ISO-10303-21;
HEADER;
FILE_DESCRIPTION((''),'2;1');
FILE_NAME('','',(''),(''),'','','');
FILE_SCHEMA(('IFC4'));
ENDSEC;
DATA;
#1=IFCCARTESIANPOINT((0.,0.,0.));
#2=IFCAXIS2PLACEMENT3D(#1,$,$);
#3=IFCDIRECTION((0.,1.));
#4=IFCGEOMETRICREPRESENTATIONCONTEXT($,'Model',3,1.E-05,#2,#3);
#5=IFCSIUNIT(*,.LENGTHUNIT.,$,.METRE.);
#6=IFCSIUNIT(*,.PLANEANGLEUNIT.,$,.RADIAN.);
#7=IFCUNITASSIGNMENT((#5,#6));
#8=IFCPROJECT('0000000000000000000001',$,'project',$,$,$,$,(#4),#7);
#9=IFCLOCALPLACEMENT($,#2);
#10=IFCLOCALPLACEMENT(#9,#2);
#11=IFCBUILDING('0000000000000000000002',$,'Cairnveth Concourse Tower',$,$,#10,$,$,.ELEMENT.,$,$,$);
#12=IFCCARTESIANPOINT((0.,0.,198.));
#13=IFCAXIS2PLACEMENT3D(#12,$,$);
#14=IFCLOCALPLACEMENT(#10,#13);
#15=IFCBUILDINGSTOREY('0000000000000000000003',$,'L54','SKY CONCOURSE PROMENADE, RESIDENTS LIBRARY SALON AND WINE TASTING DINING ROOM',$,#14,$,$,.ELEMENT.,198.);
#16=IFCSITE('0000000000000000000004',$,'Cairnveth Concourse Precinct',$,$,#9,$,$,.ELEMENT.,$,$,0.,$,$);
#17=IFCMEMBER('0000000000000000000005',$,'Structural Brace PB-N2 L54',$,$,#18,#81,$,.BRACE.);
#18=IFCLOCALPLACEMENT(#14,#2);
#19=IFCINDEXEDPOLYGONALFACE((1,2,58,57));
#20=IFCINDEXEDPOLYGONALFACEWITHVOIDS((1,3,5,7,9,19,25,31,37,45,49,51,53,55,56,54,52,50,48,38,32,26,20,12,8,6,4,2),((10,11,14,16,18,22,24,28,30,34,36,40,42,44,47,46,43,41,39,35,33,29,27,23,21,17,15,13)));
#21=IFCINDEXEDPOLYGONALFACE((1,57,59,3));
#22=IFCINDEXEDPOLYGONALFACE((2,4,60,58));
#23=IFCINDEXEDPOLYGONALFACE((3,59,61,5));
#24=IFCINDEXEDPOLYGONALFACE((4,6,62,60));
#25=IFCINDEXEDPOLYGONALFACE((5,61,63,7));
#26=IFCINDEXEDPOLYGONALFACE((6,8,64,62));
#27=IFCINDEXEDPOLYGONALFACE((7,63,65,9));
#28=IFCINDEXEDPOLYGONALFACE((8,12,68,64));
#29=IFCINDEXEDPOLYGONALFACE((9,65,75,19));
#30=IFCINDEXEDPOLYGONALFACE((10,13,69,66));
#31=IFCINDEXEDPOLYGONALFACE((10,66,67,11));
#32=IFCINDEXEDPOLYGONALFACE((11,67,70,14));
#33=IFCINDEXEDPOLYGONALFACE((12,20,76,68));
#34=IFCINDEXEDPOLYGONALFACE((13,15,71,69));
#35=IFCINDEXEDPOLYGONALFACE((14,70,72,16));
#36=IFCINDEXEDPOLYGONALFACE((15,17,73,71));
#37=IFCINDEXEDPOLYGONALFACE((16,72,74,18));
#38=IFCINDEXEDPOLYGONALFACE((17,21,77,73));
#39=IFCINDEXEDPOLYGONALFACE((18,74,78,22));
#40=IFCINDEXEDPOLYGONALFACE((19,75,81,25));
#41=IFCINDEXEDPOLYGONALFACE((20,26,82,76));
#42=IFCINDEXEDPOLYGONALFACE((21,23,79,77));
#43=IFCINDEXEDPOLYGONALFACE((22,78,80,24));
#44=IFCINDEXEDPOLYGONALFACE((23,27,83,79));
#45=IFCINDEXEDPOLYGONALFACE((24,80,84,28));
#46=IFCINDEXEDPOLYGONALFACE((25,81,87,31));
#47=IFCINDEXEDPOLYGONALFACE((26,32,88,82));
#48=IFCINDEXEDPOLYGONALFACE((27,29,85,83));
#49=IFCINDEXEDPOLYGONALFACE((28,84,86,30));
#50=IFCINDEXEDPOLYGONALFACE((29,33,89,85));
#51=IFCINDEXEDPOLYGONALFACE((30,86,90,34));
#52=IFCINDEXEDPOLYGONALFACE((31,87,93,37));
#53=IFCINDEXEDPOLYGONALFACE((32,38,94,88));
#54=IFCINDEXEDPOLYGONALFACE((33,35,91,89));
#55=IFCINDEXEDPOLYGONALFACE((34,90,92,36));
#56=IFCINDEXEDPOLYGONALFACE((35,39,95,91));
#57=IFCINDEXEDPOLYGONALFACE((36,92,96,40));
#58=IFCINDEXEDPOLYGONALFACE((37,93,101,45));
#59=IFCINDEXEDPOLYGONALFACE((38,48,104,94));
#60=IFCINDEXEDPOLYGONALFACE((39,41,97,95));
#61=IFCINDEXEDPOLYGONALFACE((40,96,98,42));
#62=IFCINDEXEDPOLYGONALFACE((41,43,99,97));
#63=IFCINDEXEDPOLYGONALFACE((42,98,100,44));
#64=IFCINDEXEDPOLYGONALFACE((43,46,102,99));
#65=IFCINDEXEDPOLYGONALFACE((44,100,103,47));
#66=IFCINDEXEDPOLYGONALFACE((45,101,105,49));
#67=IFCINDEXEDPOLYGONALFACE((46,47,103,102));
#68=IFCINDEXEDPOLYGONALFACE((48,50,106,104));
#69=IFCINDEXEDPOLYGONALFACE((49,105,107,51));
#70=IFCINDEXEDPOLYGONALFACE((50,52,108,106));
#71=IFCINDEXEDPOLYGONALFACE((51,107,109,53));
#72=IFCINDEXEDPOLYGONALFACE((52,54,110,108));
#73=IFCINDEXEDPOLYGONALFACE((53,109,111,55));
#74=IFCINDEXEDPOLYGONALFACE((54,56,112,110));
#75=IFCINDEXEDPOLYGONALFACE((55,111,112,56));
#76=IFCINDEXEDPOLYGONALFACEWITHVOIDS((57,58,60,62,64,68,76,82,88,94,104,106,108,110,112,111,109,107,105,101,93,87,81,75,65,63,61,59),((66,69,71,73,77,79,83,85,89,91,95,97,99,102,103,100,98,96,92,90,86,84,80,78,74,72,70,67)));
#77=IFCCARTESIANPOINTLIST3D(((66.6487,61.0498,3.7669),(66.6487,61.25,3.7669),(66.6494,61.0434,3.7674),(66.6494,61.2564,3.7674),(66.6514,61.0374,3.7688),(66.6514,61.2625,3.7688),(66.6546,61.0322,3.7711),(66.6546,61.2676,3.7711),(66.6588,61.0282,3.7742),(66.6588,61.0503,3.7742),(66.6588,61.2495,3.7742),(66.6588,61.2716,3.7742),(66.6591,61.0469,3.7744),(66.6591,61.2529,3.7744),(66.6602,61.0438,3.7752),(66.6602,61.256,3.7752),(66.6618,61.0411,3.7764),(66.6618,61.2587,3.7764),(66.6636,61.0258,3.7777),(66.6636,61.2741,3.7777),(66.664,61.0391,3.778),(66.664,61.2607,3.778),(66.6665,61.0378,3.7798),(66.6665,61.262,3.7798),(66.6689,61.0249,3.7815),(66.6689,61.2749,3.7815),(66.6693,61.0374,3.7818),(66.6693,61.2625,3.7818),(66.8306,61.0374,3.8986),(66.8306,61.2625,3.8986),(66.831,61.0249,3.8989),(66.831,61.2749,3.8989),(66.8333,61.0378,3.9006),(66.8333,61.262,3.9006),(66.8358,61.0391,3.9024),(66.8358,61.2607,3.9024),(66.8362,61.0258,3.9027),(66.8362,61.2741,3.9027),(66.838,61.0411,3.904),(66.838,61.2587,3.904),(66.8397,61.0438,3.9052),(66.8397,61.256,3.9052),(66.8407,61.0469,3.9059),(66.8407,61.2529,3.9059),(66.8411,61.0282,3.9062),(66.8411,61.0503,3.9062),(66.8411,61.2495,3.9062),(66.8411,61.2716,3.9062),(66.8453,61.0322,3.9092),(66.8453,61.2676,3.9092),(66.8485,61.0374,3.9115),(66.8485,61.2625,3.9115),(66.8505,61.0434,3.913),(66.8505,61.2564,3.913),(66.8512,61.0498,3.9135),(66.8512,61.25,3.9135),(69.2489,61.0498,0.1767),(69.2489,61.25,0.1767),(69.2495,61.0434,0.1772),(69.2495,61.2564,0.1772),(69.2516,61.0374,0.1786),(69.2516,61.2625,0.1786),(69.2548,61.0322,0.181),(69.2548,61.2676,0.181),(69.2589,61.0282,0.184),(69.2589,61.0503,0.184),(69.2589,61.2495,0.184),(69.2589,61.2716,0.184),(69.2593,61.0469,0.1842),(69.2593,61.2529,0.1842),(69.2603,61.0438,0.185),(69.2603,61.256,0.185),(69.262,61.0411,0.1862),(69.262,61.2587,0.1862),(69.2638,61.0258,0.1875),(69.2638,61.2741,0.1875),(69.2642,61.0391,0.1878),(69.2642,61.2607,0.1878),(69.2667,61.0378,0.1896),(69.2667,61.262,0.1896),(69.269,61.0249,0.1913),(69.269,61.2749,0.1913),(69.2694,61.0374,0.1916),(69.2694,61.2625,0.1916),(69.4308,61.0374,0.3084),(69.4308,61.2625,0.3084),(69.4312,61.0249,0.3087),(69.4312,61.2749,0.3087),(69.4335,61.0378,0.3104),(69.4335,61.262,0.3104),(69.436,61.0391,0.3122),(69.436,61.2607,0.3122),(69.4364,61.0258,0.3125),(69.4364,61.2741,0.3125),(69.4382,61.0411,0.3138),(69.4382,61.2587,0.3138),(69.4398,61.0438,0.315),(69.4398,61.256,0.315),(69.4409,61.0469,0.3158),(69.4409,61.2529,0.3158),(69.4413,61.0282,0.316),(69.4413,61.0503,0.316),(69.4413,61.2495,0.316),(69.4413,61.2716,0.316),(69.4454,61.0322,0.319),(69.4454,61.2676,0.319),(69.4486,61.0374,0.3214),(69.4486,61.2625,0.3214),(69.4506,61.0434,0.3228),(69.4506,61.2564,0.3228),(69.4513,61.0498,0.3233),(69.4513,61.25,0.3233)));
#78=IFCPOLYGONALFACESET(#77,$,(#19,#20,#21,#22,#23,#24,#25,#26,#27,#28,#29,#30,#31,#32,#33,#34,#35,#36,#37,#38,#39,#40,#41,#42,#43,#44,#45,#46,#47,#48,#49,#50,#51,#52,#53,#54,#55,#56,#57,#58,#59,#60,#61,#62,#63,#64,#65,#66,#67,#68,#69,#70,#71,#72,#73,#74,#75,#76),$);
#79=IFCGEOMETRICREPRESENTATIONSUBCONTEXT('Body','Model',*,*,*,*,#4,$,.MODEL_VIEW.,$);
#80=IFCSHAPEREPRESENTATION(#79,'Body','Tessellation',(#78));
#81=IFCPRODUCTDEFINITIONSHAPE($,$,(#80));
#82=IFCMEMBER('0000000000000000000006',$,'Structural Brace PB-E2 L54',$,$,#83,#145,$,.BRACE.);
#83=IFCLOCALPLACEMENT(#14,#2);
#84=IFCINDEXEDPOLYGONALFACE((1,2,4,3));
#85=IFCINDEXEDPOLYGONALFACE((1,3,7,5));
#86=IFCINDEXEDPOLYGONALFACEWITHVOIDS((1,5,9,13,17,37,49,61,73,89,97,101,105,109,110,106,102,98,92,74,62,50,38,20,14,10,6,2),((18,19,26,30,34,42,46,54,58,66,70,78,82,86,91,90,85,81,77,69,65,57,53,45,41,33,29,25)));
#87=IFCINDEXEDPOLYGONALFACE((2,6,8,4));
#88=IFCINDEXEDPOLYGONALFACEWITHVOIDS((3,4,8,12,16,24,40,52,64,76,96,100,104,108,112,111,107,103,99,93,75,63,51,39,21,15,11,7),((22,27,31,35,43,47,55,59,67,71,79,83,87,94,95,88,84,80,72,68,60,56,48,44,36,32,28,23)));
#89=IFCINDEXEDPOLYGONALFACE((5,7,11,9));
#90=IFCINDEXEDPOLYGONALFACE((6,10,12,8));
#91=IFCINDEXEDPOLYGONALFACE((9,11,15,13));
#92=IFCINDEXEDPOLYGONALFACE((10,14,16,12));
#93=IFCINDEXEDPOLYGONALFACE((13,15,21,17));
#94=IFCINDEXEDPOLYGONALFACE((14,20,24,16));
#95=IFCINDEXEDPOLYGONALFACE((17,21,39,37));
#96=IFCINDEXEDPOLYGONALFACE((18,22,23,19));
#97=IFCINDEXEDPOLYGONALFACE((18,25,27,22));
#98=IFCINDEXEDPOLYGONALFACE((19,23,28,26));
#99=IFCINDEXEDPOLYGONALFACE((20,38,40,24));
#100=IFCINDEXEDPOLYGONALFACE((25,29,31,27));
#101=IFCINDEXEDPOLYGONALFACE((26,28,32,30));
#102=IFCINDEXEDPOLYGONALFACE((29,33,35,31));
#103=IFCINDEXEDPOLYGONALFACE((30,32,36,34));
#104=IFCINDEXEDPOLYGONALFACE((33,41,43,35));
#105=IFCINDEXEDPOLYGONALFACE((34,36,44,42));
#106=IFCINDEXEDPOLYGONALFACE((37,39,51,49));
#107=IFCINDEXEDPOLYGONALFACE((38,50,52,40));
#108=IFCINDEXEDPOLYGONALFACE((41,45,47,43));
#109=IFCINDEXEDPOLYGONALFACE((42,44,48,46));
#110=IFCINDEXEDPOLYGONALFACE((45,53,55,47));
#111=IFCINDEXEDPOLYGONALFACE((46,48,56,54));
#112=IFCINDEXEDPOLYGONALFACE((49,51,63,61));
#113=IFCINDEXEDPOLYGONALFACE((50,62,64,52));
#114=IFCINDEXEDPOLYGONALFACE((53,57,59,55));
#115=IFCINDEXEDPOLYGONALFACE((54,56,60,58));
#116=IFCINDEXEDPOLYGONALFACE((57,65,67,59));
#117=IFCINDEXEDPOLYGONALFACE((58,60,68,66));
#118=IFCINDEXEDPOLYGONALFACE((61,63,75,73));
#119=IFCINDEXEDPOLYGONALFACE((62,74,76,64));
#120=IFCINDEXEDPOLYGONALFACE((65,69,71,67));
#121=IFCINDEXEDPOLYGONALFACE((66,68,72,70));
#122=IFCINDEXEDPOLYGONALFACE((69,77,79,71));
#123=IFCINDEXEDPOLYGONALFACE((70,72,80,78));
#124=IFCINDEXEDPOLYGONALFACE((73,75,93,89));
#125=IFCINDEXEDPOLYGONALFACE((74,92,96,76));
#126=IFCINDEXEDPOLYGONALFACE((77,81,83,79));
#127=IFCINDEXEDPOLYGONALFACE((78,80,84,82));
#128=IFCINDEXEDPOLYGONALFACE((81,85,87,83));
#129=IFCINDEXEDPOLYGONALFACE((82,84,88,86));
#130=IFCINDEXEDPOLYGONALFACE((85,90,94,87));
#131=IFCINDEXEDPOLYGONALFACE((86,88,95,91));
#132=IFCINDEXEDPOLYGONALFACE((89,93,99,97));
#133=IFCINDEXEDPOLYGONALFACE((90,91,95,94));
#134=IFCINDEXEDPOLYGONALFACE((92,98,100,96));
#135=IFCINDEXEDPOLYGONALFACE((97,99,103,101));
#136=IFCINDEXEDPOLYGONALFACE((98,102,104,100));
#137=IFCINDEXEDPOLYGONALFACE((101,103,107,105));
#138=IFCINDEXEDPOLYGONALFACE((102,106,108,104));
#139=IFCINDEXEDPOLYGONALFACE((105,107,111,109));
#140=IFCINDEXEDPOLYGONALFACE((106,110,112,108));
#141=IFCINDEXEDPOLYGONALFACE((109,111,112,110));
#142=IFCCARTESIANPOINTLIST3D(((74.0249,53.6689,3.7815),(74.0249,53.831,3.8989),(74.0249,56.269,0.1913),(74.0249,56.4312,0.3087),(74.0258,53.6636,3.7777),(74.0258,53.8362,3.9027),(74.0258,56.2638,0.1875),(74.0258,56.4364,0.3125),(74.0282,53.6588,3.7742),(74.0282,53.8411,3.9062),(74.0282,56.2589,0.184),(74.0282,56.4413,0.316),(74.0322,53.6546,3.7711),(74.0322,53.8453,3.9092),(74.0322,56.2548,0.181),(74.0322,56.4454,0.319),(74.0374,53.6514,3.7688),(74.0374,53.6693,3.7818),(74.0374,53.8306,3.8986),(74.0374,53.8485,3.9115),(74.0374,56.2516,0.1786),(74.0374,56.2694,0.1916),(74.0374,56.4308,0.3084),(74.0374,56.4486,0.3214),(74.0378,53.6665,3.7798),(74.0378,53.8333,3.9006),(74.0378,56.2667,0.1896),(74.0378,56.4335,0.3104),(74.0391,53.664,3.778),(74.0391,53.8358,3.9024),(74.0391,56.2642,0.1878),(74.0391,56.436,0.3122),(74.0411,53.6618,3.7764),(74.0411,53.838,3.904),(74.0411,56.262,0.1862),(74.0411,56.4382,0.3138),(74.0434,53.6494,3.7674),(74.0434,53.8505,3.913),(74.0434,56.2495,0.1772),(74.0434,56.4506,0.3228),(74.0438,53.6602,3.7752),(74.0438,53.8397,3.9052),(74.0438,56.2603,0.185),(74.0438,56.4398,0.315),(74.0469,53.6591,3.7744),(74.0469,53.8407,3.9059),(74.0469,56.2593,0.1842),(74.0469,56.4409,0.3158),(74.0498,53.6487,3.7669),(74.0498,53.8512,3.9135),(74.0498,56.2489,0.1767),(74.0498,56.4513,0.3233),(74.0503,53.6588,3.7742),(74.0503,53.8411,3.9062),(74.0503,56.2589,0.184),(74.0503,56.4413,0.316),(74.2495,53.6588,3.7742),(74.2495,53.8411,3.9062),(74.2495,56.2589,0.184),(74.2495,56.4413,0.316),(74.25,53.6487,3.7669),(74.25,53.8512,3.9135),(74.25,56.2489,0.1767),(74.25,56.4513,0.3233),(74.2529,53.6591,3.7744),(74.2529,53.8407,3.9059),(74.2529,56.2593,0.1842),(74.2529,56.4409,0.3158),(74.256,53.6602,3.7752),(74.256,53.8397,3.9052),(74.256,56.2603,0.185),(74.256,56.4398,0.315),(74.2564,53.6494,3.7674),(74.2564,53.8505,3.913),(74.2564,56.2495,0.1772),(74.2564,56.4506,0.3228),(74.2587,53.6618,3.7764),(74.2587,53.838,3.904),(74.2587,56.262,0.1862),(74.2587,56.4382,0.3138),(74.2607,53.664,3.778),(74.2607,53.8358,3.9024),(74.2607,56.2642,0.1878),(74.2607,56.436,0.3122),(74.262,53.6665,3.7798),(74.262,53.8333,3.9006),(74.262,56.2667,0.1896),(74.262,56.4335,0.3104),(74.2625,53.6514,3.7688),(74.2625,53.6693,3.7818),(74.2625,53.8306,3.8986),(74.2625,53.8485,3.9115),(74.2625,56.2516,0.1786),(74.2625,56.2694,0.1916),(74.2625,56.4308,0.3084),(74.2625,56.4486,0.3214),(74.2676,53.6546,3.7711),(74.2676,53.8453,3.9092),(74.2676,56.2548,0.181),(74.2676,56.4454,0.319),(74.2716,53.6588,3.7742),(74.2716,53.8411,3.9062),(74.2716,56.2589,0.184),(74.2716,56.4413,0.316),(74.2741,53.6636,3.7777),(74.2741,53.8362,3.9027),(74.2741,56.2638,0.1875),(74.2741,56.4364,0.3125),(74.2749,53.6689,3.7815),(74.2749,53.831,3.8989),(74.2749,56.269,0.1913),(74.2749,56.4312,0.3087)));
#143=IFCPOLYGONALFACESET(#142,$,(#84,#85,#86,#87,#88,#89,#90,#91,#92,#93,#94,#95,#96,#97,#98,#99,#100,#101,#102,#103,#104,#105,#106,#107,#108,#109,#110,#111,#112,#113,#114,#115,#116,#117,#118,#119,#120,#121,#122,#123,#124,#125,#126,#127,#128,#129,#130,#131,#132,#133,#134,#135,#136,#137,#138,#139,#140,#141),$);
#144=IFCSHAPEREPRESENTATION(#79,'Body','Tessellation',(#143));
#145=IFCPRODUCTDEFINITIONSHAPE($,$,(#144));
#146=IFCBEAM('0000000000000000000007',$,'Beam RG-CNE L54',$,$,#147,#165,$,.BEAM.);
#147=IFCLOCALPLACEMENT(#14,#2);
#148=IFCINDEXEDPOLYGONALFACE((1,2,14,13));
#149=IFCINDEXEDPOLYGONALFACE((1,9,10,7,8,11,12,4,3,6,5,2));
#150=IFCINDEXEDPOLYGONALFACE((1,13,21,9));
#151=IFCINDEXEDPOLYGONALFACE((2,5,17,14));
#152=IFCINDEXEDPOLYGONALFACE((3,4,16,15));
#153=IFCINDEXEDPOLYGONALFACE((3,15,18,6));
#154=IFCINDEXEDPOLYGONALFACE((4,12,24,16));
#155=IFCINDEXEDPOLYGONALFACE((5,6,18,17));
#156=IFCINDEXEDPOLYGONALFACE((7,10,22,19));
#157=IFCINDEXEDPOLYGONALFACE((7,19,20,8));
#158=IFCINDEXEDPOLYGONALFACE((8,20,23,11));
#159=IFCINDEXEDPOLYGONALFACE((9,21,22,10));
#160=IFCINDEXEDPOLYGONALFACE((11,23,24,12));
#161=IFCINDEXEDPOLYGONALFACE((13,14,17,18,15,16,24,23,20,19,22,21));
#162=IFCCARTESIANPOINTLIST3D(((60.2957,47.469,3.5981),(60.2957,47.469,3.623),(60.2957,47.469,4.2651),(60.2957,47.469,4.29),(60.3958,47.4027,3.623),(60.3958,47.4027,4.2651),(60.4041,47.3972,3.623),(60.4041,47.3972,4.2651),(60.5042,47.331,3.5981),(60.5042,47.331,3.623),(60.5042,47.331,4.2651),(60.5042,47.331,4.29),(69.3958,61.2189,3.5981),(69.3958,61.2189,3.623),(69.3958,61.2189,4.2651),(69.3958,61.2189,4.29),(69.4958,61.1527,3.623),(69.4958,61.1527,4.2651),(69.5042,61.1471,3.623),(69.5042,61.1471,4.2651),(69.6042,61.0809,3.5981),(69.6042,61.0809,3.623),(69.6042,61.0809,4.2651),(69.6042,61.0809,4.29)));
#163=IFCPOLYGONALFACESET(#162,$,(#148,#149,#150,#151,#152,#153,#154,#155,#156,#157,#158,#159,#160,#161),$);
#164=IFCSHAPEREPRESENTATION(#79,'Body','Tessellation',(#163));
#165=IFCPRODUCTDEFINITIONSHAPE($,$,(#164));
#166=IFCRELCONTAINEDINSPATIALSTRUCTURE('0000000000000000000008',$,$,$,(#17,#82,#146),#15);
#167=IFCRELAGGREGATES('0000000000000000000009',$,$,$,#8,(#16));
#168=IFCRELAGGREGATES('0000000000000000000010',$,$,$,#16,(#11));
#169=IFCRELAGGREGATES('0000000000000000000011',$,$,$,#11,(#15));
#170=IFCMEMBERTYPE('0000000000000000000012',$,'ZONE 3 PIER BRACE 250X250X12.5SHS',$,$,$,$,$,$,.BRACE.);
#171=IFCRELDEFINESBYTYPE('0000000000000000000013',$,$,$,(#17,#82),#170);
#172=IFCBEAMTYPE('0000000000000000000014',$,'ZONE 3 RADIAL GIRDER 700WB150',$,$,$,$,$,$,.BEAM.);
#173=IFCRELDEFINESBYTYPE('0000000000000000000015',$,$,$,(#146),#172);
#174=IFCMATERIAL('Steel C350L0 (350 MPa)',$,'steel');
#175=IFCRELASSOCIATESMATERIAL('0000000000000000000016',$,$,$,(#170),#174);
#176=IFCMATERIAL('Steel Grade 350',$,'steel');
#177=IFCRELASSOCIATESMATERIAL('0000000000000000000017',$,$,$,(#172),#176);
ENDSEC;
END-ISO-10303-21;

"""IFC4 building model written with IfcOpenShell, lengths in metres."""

from ifc_helpers import new_model, si_unit, direction, frame, origin, origin_2d, place, context, subcontext, project, spatial, hollow_rectangle, i_section, extrude, material, material_profile, profile_set, type_object, element, save


model = new_model("IFC4")

# Units and contexts
model_context = context("Model", 3, precision=1e-05, world=origin(), true_north=direction((0.0, 1.0)))
body_context = subcontext(model_context, "Body", "Model", "MODEL_VIEW")
ifc_project = project(units=[si_unit("LENGTHUNIT", "METRE"), si_unit("PLANEANGLEUNIT", "RADIAN")], contexts=[model_context])

# Site, building, storey
site_placement = place(None, origin())
site = spatial("IfcSite", under=ifc_project, at=site_placement, Name="Cairnveth Concourse Precinct", CompositionType="ELEMENT", RefElevation=0.0)
building_placement = place(site_placement, origin())
building = spatial("IfcBuilding", under=site, at=building_placement, Name="Cairnveth Concourse Tower", CompositionType="ELEMENT")
storey_placement = place(building_placement, frame((0.0, 0.0, 198.0)))
storey = spatial("IfcBuildingStorey", under=building, at=storey_placement, Name="L54", Description="SKY CONCOURSE PROMENADE, RESIDENTS LIBRARY SALON AND WINE TASTING DINING ROOM", CompositionType="ELEMENT", Elevation=198.0)

# Shared definitions
ifc_material_1 = material(Name="Steel Grade 350", Category="steel")

# Members
ifc_material_2 = material(Name="Steel C350L0 (350 MPa)", Category="steel")
ifc_material_profile_1 = material_profile(ifc_material_2, hollow_rectangle(XDim=0.25, YDim=0.25, WallThickness=0.0125, InnerFilletRadius=0.0129, OuterFilletRadius=0.0249, at=origin_2d()), Name="250x250x12.5SHS")
ifc_profile_set_1 = profile_set([ifc_material_profile_1], Name="Steel C350L0 (350 MPa)")
member_type = type_object("IfcMemberType", Name="ZONE 3 PIER BRACE 250X250X12.5SHS", PredefinedType="BRACE", material=ifc_profile_set_1)
for number, where, z_axis, x_axis, name in (
    (1, (69.3501, 61.1499, 0.25), (-0.586566, 0.0, 0.809902), (0.0, -1.0, 0.0), "Structural Brace PB-N2 L54"),
    (2, (74.1499, 56.3501, 0.25), (0.0, -0.586566, 0.809902), (1.0, 0.0, 0.0), "Structural Brace PB-E2 L54"),
):
    element("IfcMember", number, at=place(storey_placement, frame(where, z_axis=z_axis, x_axis=x_axis)), inside=storey, type_object=member_type, Name=name, PredefinedType="BRACE", context=body_context, shape_type="SweptSolid", body=[
        extrude(hollow_rectangle(XDim=0.25, YDim=0.25, WallThickness=0.0125, InnerFilletRadius=0.0129, OuterFilletRadius=0.0249, at=origin_2d()), origin(), (0.0, 0.0, 1.0), 4.4329),
    ])

# Beam
ifc_material_profile_2 = material_profile(ifc_material_1, i_section(OverallWidth=0.25, OverallDepth=0.6919, WebThickness=0.01, FlangeThickness=0.0249, at=origin_2d()), Name="700WB150")
ifc_profile_set_2 = profile_set([ifc_material_profile_2], Name="Steel Grade 350")
beam_type_1 = type_object("IfcBeamType", Name="ZONE 3 RADIAL GIRDER 700WB150", PredefinedType="BEAM", material=ifc_profile_set_2)
beam_1_placement = place(storey_placement, frame((69.5, 61.1499, 3.9441), z_axis=(-0.551902, -0.833909, 0.0), x_axis=(0.833909, -0.551902, 0.0)))
element("IfcBeam", 3, at=beam_1_placement, inside=storey, type_object=beam_type_1, Name="Beam RG-CNE L54", PredefinedType="BEAM", context=body_context, shape_type="SweptSolid", body=[
    extrude(i_section(OverallWidth=0.25, OverallDepth=0.6919, WebThickness=0.01, FlangeThickness=0.0249, at=origin_2d()), origin(), (0.0, 0.0, 1.0), 16.4885),
])

save(model, "model.ifc")
